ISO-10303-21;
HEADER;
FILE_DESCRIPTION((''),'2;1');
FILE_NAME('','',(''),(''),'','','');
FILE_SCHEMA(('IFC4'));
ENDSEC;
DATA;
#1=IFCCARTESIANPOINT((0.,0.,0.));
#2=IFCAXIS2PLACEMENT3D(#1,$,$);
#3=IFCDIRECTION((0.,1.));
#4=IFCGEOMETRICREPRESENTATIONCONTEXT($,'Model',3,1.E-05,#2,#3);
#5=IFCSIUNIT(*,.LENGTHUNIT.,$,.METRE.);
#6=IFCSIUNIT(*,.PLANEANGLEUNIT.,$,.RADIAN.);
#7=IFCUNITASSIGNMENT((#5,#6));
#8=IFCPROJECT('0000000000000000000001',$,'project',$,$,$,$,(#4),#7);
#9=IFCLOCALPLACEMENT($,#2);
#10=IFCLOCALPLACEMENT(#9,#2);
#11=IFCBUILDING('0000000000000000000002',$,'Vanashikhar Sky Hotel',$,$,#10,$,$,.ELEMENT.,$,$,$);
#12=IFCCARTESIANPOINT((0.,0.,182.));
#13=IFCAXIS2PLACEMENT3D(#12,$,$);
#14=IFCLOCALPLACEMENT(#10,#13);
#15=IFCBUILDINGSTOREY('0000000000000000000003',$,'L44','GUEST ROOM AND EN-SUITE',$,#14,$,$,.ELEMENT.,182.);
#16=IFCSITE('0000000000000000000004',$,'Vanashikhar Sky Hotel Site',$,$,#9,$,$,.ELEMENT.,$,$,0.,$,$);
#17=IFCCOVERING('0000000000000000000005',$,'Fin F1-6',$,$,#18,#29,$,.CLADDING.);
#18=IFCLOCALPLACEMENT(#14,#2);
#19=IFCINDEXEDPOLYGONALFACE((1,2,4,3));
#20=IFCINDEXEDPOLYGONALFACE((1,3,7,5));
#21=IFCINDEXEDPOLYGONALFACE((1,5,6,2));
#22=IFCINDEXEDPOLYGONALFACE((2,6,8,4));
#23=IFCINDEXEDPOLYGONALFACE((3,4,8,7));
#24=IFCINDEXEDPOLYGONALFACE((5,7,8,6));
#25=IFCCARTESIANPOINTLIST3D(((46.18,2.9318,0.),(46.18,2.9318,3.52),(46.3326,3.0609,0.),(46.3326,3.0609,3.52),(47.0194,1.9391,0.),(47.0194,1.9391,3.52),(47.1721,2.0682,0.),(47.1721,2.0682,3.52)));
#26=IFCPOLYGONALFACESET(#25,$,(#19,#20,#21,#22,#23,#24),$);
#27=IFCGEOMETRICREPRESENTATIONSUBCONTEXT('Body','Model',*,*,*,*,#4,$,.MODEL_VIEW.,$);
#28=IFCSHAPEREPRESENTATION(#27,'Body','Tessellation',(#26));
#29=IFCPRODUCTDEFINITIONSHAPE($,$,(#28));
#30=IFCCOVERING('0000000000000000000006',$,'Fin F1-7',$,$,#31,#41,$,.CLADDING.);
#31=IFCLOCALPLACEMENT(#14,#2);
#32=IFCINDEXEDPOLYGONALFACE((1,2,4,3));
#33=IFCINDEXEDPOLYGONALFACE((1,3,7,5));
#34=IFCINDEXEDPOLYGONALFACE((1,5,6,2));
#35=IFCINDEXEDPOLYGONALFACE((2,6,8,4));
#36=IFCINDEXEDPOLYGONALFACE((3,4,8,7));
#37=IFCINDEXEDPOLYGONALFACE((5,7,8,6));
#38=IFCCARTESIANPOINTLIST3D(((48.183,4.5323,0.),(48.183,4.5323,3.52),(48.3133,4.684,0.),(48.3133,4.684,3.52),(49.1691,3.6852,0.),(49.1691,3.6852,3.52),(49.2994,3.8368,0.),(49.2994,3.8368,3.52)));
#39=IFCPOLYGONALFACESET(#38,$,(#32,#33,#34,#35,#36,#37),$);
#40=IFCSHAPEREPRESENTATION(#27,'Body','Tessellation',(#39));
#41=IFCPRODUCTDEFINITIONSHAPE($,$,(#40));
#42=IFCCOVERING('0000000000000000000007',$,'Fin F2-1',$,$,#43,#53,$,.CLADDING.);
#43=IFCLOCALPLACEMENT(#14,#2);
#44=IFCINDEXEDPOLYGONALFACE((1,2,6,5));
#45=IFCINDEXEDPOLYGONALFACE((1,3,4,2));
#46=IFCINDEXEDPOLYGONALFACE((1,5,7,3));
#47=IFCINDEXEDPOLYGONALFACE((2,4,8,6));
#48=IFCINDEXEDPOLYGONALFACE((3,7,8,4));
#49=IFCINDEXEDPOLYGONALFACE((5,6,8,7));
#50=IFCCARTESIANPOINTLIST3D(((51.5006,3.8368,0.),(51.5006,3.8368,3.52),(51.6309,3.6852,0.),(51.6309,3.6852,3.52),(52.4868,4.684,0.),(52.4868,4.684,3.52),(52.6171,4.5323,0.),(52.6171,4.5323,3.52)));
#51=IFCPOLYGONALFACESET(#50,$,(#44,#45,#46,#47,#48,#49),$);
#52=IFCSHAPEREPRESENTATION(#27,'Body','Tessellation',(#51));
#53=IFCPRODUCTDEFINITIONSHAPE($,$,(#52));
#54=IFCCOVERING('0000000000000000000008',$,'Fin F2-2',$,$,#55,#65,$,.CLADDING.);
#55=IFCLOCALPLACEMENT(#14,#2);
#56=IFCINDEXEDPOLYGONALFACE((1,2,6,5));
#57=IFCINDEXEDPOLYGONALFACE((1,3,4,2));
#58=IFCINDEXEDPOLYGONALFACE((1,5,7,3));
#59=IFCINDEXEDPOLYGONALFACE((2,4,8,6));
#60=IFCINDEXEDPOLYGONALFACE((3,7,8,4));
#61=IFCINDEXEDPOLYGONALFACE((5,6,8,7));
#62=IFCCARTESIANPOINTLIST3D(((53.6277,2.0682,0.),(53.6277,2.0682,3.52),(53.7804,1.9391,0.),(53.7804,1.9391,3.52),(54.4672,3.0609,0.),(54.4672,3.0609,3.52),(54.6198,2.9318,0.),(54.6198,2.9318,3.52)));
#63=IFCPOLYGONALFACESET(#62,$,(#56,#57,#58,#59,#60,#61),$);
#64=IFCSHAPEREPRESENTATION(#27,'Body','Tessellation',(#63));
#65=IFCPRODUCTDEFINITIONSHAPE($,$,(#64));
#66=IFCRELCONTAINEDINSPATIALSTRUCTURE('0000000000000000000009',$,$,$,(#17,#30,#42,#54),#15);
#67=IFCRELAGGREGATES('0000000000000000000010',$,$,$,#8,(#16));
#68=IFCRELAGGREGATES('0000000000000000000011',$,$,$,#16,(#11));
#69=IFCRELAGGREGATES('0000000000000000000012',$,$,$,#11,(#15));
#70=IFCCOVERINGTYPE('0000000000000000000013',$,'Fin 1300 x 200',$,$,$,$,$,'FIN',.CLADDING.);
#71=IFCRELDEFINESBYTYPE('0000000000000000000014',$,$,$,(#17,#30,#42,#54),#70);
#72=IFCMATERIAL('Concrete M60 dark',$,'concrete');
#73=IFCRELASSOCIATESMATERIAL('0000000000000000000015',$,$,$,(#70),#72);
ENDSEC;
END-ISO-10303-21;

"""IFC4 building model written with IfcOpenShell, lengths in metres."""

from ifc_helpers import new_model, si_unit, direction, frame, origin, origin_2d, place, context, subcontext, project, spatial, rectangle, extrude, source, transform, mapped, material, material_profile, profile_set, type_object, element, save


model = new_model("IFC4")

# Units and contexts
model_context = context("Model", 3, precision=1e-05, world=origin(), true_north=direction((0.0, 1.0)))
body_context = subcontext(model_context, "Body", "Model", "MODEL_VIEW")
ifc_project = project(units=[si_unit("LENGTHUNIT", "METRE"), si_unit("PLANEANGLEUNIT", "RADIAN")], contexts=[model_context])

# Site, building, storey
site_placement = place(None, origin())
site = spatial("IfcSite", under=ifc_project, at=site_placement, Name="Vanashikhar Sky Hotel Site", CompositionType="ELEMENT", RefElevation=0.0)
building_placement = place(site_placement, origin())
building = spatial("IfcBuilding", under=site, at=building_placement, Name="Vanashikhar Sky Hotel", CompositionType="ELEMENT")
storey_placement = place(building_placement, frame((0.0, 0.0, 182.0)))
storey = spatial("IfcBuildingStorey", under=building, at=storey_placement, Name="L44", Description="GUEST ROOM AND EN-SUITE", CompositionType="ELEMENT", Elevation=182.0)

# Coverings
ifc_material_1 = material(Name="Concrete M60 dark", Category="concrete")
ifc_material_profile = material_profile(ifc_material_1, rectangle(XDim=1.3, YDim=0.2, at=origin_2d()))
ifc_profile_set = profile_set([ifc_material_profile], Name="Fin 1300 x 200")
covering_type = type_object("IfcCoveringType", Name="Fin 1300 x 200", ElementType="FIN", PredefinedType="CLADDING", material=ifc_profile_set)
shared_shape_1 = source(origin(), body_context, "Body", "SweptSolid", [
    extrude(rectangle(XDim=1.3, YDim=0.2, at=origin_2d()), origin(), (0.0, 0.0, 1.0), 3.52),
])
for number, where, z_axis, x_axis, name in (
    (1, (46.676, 2.5, 0.0), (0.0, 0.0, 1.0), (0.645698, -0.763593, 0.0), "Fin F1-6"),
    (2, (48.7412, 4.1846, 0.0), (0.0, 0.0, 1.0), (0.758544, -0.651622, 0.0), "Fin F1-7"),
    (3, (52.0588, 4.1846, 0.0), (0.0, 0.0, 1.0), (-0.758544, -0.651622, 0.0), "Fin F2-1"),
    (4, (54.1238, 2.5, 0.0), (0.0, 0.0, 1.0), (-0.645698, -0.763593, 0.0), "Fin F2-2"),
):
    element("IfcCovering", number, at=place(storey_placement, frame(where, z_axis=z_axis, x_axis=x_axis)), inside=storey, type_object=covering_type, Name=name, PredefinedType="CLADDING", context=body_context, shape_type="MappedRepresentation", body=[
        mapped(shared_shape_1, transform((0.0, 0.0, 0.0), scale=1.0)),
    ])

save(model, "model.ifc")
